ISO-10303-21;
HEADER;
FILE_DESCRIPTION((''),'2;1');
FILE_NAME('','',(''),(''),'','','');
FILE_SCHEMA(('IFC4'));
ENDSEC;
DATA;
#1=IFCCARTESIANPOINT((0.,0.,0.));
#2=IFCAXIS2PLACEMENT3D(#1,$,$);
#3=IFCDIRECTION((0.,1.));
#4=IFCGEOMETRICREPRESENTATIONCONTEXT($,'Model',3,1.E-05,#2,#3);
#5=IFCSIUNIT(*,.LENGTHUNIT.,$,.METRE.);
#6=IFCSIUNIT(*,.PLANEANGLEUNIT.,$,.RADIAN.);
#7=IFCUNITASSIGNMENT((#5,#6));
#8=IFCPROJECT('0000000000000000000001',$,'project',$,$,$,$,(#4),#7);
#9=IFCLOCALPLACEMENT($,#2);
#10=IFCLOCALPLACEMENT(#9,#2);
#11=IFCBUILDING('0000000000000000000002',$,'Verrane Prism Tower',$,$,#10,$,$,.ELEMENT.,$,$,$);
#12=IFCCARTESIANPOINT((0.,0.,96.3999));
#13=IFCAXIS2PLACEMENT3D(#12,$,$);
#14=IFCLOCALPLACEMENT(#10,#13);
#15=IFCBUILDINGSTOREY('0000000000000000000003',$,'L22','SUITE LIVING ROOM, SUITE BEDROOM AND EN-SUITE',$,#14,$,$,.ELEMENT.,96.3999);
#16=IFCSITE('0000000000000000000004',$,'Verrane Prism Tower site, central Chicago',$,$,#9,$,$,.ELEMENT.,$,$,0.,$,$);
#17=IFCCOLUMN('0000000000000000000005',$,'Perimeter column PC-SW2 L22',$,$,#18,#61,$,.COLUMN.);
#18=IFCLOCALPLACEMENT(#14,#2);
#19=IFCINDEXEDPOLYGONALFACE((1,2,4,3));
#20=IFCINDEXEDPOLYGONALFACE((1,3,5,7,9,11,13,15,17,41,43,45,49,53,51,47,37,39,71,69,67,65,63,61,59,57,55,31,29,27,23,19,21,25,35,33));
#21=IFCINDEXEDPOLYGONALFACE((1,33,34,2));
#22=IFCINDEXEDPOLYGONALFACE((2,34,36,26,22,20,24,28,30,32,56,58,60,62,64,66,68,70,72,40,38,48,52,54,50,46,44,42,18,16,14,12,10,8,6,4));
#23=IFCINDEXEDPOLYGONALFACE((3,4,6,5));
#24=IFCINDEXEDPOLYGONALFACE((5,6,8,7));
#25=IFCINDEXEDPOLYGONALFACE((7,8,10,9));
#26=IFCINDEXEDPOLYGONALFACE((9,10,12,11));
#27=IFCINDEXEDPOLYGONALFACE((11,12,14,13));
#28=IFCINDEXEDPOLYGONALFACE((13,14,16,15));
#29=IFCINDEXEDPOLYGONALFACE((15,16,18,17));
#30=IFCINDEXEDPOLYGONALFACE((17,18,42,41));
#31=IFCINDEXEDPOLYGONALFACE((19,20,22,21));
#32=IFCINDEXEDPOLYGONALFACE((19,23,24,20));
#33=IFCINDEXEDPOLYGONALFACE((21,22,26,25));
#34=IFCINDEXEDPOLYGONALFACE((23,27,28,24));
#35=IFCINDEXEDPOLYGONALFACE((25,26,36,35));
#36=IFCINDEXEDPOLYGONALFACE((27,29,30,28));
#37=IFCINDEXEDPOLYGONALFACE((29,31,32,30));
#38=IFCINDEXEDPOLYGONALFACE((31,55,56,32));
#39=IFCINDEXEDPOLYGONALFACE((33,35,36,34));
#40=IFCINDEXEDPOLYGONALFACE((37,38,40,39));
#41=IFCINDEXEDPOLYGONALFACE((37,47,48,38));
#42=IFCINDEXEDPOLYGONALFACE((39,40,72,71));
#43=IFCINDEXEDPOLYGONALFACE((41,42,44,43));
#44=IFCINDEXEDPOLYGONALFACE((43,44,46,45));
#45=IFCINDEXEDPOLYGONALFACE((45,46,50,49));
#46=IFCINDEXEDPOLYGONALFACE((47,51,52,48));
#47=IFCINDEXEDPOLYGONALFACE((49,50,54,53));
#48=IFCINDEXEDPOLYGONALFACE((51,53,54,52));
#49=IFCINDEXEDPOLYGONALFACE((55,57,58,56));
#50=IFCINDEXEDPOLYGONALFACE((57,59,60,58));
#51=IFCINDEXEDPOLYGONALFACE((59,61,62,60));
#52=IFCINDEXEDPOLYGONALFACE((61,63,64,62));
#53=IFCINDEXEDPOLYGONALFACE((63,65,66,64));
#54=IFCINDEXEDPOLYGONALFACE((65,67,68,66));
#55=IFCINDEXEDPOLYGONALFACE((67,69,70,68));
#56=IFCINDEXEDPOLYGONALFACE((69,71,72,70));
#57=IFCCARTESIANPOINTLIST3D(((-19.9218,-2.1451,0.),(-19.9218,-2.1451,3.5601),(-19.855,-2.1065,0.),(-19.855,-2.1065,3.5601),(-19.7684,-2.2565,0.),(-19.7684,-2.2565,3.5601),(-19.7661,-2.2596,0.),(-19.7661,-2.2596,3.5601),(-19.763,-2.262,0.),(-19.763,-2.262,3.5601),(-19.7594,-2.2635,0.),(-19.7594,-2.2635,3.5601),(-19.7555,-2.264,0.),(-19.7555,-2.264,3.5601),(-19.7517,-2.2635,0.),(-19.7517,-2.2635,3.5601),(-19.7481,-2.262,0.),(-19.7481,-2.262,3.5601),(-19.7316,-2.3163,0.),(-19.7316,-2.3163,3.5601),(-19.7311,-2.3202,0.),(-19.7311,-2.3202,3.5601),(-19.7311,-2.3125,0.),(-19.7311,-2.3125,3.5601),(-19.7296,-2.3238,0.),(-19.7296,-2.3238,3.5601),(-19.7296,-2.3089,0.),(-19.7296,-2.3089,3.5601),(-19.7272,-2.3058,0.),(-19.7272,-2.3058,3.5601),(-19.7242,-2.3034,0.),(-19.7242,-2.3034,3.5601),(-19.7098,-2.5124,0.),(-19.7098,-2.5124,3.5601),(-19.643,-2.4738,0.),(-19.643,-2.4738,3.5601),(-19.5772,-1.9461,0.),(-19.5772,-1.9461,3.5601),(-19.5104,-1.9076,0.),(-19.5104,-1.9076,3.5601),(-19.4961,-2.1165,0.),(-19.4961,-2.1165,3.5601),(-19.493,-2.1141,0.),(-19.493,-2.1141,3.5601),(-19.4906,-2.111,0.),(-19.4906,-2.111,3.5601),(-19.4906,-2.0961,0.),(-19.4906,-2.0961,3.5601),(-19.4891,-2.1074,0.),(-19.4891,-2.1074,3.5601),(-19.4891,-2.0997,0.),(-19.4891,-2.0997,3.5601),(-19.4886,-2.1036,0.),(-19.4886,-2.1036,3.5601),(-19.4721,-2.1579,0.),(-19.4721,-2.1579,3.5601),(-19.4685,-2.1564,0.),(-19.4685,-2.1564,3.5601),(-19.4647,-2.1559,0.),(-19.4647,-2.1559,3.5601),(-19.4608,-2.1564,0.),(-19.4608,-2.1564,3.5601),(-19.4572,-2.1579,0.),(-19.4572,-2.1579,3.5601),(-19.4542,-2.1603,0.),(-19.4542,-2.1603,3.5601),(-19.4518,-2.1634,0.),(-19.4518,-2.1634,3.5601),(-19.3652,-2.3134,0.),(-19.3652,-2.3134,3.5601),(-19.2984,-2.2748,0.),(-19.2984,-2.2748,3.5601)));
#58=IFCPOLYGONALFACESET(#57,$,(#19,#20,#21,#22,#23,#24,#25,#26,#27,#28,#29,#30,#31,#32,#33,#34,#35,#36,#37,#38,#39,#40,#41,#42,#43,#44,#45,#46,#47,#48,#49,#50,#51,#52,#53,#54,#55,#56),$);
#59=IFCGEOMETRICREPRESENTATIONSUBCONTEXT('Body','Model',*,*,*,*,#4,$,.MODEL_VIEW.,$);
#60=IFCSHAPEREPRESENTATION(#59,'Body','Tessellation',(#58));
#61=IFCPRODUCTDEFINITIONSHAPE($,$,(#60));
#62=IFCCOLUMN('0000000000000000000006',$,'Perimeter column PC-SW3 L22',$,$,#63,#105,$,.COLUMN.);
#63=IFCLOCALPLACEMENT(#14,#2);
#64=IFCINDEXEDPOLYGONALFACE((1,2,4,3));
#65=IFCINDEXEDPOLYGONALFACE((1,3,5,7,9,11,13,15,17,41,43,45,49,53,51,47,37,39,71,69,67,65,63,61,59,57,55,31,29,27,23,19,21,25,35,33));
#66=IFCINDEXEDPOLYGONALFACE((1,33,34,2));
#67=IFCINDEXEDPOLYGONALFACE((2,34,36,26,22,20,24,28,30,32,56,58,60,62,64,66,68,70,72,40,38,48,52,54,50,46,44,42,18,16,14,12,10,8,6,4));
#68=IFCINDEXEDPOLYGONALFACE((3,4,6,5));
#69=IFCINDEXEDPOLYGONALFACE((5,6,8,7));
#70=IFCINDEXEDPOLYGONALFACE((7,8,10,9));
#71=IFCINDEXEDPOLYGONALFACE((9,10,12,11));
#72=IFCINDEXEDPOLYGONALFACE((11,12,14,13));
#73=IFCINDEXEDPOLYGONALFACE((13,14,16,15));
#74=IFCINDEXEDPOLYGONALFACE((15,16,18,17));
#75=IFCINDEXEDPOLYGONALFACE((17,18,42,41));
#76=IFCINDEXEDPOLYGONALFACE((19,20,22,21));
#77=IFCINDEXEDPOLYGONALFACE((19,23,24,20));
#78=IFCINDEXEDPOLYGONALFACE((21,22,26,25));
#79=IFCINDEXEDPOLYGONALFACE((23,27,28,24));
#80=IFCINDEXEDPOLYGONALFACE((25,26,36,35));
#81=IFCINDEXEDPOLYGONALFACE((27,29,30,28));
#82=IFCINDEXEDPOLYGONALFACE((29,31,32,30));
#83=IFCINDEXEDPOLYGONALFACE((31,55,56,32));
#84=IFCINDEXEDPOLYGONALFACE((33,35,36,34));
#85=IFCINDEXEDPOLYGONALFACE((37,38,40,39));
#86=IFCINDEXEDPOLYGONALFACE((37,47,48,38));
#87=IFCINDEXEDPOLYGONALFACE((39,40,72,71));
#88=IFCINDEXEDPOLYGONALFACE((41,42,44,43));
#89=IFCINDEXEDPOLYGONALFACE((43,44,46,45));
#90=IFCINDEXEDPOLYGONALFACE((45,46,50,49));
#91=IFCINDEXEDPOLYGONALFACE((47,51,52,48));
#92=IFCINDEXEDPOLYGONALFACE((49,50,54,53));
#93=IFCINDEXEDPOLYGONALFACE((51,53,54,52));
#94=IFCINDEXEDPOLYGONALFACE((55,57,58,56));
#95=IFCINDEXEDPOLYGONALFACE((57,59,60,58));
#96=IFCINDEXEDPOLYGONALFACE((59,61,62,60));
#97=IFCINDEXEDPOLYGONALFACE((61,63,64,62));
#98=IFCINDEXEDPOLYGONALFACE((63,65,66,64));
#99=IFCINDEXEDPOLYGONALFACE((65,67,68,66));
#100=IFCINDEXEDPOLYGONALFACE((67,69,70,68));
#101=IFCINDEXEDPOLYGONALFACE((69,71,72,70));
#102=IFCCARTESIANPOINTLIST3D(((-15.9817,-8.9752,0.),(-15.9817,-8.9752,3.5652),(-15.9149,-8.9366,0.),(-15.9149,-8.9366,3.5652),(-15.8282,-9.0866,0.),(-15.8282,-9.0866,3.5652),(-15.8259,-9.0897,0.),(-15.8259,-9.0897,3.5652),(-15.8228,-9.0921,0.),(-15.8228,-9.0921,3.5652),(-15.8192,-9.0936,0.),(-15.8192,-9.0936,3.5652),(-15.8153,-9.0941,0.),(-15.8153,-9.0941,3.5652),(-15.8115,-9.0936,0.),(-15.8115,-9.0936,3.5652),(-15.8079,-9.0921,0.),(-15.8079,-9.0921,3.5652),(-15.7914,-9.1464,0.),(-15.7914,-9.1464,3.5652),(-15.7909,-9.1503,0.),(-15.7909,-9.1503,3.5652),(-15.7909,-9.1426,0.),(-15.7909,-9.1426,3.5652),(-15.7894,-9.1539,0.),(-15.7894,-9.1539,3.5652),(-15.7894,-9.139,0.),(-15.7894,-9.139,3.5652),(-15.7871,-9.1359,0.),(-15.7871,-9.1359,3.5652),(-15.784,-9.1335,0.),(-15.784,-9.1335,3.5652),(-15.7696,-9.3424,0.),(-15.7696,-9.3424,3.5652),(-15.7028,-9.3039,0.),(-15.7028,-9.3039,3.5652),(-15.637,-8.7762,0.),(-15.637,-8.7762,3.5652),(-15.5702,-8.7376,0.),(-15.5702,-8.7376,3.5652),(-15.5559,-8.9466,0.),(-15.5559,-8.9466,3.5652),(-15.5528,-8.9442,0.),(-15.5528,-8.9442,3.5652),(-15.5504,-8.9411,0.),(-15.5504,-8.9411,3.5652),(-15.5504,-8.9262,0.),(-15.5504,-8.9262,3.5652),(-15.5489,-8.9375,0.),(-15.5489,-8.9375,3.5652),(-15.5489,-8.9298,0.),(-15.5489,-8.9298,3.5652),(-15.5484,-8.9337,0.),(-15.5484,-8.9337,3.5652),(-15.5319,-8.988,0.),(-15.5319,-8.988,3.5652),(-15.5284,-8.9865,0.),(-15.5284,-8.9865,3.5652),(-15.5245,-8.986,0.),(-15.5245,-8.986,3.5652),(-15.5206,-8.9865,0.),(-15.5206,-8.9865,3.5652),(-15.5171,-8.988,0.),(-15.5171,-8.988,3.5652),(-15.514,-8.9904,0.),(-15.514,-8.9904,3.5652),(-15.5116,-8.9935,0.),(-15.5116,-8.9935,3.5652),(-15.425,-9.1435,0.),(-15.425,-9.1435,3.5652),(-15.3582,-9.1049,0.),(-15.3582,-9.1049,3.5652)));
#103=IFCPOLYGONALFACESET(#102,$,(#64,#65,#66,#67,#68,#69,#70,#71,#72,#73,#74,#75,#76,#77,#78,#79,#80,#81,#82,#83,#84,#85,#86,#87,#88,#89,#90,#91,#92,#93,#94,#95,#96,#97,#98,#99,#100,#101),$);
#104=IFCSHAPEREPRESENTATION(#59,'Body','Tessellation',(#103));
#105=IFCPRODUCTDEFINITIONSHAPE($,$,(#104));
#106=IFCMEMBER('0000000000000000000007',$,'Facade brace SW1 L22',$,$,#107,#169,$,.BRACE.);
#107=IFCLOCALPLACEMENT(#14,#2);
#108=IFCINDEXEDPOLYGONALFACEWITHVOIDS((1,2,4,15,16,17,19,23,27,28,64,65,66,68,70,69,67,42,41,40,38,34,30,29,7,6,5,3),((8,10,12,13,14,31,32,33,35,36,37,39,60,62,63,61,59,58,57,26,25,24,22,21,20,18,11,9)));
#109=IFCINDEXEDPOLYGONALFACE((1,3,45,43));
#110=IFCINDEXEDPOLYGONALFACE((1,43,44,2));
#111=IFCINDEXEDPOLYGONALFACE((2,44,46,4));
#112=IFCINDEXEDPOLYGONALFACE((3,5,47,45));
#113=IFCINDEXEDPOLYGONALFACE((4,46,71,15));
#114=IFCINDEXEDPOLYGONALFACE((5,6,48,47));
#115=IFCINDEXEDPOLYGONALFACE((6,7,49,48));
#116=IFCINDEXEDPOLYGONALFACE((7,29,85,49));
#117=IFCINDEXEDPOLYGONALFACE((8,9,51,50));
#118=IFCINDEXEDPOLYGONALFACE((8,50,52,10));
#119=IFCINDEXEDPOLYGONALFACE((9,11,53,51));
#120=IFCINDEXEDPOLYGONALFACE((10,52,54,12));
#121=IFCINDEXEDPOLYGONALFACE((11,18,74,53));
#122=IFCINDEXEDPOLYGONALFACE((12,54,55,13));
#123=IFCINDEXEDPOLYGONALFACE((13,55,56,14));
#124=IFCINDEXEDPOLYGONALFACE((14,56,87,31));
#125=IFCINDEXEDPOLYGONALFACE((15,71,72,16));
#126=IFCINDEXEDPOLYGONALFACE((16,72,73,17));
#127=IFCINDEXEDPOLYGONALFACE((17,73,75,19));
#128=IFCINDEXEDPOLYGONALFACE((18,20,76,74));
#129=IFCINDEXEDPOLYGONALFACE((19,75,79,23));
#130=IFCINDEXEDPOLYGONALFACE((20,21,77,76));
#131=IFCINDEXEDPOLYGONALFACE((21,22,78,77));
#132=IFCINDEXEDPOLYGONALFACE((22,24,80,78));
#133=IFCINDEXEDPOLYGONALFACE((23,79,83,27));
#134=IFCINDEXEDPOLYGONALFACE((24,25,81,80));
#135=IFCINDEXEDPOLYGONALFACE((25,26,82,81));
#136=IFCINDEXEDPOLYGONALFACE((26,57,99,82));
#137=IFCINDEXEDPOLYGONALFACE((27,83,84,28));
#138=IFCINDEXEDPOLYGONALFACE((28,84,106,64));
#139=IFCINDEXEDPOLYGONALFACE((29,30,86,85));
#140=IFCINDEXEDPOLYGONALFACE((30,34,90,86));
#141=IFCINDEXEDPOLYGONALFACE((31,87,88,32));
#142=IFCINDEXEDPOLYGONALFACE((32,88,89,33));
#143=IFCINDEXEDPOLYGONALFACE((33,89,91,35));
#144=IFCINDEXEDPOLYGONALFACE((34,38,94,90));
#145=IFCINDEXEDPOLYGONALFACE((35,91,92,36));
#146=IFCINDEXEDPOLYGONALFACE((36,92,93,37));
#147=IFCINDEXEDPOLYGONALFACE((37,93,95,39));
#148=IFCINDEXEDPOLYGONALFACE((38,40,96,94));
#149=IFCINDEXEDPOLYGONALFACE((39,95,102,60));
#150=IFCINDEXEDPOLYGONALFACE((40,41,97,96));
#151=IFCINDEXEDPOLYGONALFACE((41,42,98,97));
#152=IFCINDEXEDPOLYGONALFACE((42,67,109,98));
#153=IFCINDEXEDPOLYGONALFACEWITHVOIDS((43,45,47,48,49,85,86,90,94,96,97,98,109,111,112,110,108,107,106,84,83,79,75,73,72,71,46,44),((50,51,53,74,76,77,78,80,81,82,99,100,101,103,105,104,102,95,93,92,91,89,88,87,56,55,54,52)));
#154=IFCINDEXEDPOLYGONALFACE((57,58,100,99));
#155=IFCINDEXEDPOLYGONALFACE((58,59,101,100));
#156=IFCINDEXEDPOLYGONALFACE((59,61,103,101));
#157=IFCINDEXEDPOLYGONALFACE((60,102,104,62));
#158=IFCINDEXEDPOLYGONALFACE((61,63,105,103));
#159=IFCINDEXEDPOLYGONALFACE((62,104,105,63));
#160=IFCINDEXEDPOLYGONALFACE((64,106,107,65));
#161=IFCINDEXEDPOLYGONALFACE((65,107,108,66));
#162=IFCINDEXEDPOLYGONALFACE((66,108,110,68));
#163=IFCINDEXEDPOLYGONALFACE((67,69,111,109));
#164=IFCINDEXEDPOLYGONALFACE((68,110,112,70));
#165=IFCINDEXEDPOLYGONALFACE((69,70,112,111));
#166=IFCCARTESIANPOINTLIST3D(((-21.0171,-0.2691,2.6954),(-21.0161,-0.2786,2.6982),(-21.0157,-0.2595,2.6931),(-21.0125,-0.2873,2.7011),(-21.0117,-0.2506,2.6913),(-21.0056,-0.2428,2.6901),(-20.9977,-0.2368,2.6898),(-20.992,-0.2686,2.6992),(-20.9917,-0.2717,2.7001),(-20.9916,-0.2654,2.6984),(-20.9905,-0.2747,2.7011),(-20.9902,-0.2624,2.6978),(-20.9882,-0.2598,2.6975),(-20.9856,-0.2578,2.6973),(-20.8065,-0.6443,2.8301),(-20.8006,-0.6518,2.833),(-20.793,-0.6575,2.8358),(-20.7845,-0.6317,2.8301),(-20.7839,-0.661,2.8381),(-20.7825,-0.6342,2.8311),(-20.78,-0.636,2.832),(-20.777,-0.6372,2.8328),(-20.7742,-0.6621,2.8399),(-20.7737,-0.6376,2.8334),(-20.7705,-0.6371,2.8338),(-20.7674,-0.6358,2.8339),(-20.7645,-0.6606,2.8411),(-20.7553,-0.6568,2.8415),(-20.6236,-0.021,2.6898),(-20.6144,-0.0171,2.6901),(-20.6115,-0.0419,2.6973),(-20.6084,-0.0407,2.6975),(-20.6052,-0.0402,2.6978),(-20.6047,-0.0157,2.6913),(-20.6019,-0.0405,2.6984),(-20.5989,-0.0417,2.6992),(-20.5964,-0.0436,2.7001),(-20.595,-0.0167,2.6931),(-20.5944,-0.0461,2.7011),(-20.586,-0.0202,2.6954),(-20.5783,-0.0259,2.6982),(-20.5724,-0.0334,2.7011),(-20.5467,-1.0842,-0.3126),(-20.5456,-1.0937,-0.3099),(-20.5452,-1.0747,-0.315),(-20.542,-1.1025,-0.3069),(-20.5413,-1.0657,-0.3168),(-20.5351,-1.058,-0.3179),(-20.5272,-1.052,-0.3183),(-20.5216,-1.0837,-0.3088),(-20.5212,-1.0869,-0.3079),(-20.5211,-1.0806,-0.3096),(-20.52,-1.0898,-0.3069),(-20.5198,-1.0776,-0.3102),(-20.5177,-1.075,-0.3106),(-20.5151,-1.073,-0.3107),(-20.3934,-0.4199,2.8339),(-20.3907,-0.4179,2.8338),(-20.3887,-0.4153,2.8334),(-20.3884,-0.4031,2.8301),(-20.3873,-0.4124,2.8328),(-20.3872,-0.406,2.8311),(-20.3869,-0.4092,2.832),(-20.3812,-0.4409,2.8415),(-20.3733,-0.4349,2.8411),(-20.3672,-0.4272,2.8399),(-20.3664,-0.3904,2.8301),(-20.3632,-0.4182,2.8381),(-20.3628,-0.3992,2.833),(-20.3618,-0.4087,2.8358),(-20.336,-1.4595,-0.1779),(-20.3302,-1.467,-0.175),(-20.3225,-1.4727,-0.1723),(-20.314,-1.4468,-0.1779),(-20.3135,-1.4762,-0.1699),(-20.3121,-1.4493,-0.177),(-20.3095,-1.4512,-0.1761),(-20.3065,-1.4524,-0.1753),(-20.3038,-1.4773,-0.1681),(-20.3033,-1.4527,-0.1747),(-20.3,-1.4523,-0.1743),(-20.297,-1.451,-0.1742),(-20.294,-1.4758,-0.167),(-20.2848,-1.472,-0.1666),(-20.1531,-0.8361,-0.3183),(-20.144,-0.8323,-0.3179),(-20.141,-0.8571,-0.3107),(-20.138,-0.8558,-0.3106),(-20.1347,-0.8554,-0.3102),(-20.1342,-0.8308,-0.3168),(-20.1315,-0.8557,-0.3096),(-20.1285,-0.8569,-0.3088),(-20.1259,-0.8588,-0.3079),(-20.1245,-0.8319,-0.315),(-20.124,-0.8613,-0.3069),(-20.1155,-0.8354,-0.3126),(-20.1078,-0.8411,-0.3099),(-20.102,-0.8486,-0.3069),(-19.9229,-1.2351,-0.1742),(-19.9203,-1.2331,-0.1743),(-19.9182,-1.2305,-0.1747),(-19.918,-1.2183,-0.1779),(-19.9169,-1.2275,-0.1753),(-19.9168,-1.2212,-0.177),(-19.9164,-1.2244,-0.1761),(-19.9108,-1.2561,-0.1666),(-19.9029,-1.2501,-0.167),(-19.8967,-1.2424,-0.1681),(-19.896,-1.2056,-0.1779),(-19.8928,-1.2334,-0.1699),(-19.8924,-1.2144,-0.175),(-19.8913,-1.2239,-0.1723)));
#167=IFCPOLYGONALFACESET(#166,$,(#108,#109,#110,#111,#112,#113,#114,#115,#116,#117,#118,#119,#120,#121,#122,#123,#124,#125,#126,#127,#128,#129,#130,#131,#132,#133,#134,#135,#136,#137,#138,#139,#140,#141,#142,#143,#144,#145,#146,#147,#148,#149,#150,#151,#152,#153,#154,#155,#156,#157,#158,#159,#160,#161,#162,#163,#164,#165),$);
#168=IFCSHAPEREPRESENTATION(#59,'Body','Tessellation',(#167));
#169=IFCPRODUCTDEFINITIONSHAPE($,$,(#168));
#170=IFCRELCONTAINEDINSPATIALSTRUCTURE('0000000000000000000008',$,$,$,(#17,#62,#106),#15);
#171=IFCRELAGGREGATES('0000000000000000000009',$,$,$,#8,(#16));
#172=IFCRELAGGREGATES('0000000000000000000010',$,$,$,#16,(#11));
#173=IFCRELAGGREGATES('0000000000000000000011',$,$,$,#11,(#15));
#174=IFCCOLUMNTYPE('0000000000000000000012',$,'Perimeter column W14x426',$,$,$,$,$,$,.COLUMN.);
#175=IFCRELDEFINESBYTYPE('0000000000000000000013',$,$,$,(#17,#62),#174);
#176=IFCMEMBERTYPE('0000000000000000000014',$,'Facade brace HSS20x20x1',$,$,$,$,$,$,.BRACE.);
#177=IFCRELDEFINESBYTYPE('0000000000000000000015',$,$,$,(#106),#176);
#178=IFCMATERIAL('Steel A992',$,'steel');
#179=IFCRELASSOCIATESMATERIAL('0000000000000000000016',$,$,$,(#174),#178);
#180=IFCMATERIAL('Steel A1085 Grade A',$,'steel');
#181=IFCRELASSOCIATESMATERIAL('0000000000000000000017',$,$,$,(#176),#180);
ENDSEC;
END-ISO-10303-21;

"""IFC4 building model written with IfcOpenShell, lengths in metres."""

from ifc_helpers import new_model, si_unit, direction, frame, origin, origin_2d, place, context, subcontext, project, spatial, hollow_rectangle, i_section, extrude, material, material_profile, profile_set, type_object, element, save


model = new_model("IFC4")

# Units and contexts
model_context = context("Model", 3, precision=1e-05, world=origin(), true_north=direction((0.0, 1.0)))
body_context = subcontext(model_context, "Body", "Model", "MODEL_VIEW")
ifc_project = project(units=[si_unit("LENGTHUNIT", "METRE"), si_unit("PLANEANGLEUNIT", "RADIAN")], contexts=[model_context])

# Site, building, storey
site_placement = place(None, origin())
site = spatial("IfcSite", under=ifc_project, at=site_placement, Name="Verrane Prism Tower site, central Chicago", CompositionType="ELEMENT", RefElevation=0.0)
building_placement = place(site_placement, origin())
building = spatial("IfcBuilding", under=site, at=building_placement, Name="Verrane Prism Tower", CompositionType="ELEMENT")
storey_placement = place(building_placement, frame((0.0, 0.0, 96.3999)))
storey = spatial("IfcBuildingStorey", under=building, at=storey_placement, Name="L22", Description="SUITE LIVING ROOM, SUITE BEDROOM AND EN-SUITE", CompositionType="ELEMENT", Elevation=96.3999)

# Columns
ifc_material_1 = material(Name="Steel A992", Category="steel")
ifc_material_profile_1 = material_profile(ifc_material_1, i_section(OverallWidth=0.4241, OverallDepth=0.4751, WebThickness=0.0479, FlangeThickness=0.0771, FilletRadius=0.0149, at=origin_2d()), Name="W14x426")
ifc_profile_set_1 = profile_set([ifc_material_profile_1], Name="Steel A992")
column_type = type_object("IfcColumnType", Name="Perimeter column W14x426", PredefinedType="COLUMN", material=ifc_profile_set_1)
column_1_placement = place(storey_placement, frame((-19.6101, -2.21, 0.0), z_axis=(0.0, 0.0, 1.0), x_axis=(-0.5, 0.866025, 0.0)))
element("IfcColumn", 1, at=column_1_placement, inside=storey, type_object=column_type, Name="Perimeter column PC-SW2 L22", PredefinedType="COLUMN", context=body_context, shape_type="SweptSolid", body=[
    extrude(i_section(OverallWidth=0.4241, OverallDepth=0.4751, WebThickness=0.0479, FlangeThickness=0.0771, FilletRadius=0.0149, at=origin_2d()), origin(), (0.0, 0.0, 1.0), 3.5601),
])
column_2_placement = place(storey_placement, frame((-15.6699, -9.04, 0.0), z_axis=(0.0, 0.0, 1.0), x_axis=(-0.5, 0.866025, 0.0)))
element("IfcColumn", 2, at=column_2_placement, inside=storey, type_object=column_type, Name="Perimeter column PC-SW3 L22", PredefinedType="COLUMN", context=body_context, shape_type="SweptSolid", body=[
    extrude(i_section(OverallWidth=0.4241, OverallDepth=0.4751, WebThickness=0.0479, FlangeThickness=0.0771, FilletRadius=0.0149, at=origin_2d()), origin(), (0.0, 0.0, 1.0), 3.5652),
])

# Member
ifc_material_2 = material(Name="Steel A1085 Grade A", Category="steel")
ifc_material_profile_2 = material_profile(ifc_material_2, hollow_rectangle(XDim=0.5081, YDim=0.5081, WallThickness=0.0254, InnerFilletRadius=0.0127, OuterFilletRadius=0.0381, at=origin_2d()), Name="HSS20x20x1")
ifc_profile_set_2 = profile_set([ifc_material_profile_2], Name="Steel A1085 Grade A")
member_type_1 = type_object("IfcMemberType", Name="Facade brace HSS20x20x1", PredefinedType="BRACE", material=ifc_profile_set_2)
for number, where, z_axis, x_axis, name in (
    (3, (-20.219, -1.1541, -0.2424), (-0.149264, 0.258636, 0.954373), (-0.866112, -0.49985, 0.0), "Facade brace SW1 L22"),
):
    element("IfcMember", number, at=place(storey_placement, frame(where, z_axis=z_axis, x_axis=x_axis)), inside=storey, type_object=member_type_1, Name=name, PredefinedType="BRACE", context=body_context, shape_type="SweptSolid", body=[
        extrude(hollow_rectangle(XDim=0.5081, YDim=0.5081, WallThickness=0.0254, InnerFilletRadius=0.0127, OuterFilletRadius=0.0381, at=origin_2d()), origin(), (0.0, 0.0, 1.0), 3.1519),
    ])

save(model, "model.ifc")
